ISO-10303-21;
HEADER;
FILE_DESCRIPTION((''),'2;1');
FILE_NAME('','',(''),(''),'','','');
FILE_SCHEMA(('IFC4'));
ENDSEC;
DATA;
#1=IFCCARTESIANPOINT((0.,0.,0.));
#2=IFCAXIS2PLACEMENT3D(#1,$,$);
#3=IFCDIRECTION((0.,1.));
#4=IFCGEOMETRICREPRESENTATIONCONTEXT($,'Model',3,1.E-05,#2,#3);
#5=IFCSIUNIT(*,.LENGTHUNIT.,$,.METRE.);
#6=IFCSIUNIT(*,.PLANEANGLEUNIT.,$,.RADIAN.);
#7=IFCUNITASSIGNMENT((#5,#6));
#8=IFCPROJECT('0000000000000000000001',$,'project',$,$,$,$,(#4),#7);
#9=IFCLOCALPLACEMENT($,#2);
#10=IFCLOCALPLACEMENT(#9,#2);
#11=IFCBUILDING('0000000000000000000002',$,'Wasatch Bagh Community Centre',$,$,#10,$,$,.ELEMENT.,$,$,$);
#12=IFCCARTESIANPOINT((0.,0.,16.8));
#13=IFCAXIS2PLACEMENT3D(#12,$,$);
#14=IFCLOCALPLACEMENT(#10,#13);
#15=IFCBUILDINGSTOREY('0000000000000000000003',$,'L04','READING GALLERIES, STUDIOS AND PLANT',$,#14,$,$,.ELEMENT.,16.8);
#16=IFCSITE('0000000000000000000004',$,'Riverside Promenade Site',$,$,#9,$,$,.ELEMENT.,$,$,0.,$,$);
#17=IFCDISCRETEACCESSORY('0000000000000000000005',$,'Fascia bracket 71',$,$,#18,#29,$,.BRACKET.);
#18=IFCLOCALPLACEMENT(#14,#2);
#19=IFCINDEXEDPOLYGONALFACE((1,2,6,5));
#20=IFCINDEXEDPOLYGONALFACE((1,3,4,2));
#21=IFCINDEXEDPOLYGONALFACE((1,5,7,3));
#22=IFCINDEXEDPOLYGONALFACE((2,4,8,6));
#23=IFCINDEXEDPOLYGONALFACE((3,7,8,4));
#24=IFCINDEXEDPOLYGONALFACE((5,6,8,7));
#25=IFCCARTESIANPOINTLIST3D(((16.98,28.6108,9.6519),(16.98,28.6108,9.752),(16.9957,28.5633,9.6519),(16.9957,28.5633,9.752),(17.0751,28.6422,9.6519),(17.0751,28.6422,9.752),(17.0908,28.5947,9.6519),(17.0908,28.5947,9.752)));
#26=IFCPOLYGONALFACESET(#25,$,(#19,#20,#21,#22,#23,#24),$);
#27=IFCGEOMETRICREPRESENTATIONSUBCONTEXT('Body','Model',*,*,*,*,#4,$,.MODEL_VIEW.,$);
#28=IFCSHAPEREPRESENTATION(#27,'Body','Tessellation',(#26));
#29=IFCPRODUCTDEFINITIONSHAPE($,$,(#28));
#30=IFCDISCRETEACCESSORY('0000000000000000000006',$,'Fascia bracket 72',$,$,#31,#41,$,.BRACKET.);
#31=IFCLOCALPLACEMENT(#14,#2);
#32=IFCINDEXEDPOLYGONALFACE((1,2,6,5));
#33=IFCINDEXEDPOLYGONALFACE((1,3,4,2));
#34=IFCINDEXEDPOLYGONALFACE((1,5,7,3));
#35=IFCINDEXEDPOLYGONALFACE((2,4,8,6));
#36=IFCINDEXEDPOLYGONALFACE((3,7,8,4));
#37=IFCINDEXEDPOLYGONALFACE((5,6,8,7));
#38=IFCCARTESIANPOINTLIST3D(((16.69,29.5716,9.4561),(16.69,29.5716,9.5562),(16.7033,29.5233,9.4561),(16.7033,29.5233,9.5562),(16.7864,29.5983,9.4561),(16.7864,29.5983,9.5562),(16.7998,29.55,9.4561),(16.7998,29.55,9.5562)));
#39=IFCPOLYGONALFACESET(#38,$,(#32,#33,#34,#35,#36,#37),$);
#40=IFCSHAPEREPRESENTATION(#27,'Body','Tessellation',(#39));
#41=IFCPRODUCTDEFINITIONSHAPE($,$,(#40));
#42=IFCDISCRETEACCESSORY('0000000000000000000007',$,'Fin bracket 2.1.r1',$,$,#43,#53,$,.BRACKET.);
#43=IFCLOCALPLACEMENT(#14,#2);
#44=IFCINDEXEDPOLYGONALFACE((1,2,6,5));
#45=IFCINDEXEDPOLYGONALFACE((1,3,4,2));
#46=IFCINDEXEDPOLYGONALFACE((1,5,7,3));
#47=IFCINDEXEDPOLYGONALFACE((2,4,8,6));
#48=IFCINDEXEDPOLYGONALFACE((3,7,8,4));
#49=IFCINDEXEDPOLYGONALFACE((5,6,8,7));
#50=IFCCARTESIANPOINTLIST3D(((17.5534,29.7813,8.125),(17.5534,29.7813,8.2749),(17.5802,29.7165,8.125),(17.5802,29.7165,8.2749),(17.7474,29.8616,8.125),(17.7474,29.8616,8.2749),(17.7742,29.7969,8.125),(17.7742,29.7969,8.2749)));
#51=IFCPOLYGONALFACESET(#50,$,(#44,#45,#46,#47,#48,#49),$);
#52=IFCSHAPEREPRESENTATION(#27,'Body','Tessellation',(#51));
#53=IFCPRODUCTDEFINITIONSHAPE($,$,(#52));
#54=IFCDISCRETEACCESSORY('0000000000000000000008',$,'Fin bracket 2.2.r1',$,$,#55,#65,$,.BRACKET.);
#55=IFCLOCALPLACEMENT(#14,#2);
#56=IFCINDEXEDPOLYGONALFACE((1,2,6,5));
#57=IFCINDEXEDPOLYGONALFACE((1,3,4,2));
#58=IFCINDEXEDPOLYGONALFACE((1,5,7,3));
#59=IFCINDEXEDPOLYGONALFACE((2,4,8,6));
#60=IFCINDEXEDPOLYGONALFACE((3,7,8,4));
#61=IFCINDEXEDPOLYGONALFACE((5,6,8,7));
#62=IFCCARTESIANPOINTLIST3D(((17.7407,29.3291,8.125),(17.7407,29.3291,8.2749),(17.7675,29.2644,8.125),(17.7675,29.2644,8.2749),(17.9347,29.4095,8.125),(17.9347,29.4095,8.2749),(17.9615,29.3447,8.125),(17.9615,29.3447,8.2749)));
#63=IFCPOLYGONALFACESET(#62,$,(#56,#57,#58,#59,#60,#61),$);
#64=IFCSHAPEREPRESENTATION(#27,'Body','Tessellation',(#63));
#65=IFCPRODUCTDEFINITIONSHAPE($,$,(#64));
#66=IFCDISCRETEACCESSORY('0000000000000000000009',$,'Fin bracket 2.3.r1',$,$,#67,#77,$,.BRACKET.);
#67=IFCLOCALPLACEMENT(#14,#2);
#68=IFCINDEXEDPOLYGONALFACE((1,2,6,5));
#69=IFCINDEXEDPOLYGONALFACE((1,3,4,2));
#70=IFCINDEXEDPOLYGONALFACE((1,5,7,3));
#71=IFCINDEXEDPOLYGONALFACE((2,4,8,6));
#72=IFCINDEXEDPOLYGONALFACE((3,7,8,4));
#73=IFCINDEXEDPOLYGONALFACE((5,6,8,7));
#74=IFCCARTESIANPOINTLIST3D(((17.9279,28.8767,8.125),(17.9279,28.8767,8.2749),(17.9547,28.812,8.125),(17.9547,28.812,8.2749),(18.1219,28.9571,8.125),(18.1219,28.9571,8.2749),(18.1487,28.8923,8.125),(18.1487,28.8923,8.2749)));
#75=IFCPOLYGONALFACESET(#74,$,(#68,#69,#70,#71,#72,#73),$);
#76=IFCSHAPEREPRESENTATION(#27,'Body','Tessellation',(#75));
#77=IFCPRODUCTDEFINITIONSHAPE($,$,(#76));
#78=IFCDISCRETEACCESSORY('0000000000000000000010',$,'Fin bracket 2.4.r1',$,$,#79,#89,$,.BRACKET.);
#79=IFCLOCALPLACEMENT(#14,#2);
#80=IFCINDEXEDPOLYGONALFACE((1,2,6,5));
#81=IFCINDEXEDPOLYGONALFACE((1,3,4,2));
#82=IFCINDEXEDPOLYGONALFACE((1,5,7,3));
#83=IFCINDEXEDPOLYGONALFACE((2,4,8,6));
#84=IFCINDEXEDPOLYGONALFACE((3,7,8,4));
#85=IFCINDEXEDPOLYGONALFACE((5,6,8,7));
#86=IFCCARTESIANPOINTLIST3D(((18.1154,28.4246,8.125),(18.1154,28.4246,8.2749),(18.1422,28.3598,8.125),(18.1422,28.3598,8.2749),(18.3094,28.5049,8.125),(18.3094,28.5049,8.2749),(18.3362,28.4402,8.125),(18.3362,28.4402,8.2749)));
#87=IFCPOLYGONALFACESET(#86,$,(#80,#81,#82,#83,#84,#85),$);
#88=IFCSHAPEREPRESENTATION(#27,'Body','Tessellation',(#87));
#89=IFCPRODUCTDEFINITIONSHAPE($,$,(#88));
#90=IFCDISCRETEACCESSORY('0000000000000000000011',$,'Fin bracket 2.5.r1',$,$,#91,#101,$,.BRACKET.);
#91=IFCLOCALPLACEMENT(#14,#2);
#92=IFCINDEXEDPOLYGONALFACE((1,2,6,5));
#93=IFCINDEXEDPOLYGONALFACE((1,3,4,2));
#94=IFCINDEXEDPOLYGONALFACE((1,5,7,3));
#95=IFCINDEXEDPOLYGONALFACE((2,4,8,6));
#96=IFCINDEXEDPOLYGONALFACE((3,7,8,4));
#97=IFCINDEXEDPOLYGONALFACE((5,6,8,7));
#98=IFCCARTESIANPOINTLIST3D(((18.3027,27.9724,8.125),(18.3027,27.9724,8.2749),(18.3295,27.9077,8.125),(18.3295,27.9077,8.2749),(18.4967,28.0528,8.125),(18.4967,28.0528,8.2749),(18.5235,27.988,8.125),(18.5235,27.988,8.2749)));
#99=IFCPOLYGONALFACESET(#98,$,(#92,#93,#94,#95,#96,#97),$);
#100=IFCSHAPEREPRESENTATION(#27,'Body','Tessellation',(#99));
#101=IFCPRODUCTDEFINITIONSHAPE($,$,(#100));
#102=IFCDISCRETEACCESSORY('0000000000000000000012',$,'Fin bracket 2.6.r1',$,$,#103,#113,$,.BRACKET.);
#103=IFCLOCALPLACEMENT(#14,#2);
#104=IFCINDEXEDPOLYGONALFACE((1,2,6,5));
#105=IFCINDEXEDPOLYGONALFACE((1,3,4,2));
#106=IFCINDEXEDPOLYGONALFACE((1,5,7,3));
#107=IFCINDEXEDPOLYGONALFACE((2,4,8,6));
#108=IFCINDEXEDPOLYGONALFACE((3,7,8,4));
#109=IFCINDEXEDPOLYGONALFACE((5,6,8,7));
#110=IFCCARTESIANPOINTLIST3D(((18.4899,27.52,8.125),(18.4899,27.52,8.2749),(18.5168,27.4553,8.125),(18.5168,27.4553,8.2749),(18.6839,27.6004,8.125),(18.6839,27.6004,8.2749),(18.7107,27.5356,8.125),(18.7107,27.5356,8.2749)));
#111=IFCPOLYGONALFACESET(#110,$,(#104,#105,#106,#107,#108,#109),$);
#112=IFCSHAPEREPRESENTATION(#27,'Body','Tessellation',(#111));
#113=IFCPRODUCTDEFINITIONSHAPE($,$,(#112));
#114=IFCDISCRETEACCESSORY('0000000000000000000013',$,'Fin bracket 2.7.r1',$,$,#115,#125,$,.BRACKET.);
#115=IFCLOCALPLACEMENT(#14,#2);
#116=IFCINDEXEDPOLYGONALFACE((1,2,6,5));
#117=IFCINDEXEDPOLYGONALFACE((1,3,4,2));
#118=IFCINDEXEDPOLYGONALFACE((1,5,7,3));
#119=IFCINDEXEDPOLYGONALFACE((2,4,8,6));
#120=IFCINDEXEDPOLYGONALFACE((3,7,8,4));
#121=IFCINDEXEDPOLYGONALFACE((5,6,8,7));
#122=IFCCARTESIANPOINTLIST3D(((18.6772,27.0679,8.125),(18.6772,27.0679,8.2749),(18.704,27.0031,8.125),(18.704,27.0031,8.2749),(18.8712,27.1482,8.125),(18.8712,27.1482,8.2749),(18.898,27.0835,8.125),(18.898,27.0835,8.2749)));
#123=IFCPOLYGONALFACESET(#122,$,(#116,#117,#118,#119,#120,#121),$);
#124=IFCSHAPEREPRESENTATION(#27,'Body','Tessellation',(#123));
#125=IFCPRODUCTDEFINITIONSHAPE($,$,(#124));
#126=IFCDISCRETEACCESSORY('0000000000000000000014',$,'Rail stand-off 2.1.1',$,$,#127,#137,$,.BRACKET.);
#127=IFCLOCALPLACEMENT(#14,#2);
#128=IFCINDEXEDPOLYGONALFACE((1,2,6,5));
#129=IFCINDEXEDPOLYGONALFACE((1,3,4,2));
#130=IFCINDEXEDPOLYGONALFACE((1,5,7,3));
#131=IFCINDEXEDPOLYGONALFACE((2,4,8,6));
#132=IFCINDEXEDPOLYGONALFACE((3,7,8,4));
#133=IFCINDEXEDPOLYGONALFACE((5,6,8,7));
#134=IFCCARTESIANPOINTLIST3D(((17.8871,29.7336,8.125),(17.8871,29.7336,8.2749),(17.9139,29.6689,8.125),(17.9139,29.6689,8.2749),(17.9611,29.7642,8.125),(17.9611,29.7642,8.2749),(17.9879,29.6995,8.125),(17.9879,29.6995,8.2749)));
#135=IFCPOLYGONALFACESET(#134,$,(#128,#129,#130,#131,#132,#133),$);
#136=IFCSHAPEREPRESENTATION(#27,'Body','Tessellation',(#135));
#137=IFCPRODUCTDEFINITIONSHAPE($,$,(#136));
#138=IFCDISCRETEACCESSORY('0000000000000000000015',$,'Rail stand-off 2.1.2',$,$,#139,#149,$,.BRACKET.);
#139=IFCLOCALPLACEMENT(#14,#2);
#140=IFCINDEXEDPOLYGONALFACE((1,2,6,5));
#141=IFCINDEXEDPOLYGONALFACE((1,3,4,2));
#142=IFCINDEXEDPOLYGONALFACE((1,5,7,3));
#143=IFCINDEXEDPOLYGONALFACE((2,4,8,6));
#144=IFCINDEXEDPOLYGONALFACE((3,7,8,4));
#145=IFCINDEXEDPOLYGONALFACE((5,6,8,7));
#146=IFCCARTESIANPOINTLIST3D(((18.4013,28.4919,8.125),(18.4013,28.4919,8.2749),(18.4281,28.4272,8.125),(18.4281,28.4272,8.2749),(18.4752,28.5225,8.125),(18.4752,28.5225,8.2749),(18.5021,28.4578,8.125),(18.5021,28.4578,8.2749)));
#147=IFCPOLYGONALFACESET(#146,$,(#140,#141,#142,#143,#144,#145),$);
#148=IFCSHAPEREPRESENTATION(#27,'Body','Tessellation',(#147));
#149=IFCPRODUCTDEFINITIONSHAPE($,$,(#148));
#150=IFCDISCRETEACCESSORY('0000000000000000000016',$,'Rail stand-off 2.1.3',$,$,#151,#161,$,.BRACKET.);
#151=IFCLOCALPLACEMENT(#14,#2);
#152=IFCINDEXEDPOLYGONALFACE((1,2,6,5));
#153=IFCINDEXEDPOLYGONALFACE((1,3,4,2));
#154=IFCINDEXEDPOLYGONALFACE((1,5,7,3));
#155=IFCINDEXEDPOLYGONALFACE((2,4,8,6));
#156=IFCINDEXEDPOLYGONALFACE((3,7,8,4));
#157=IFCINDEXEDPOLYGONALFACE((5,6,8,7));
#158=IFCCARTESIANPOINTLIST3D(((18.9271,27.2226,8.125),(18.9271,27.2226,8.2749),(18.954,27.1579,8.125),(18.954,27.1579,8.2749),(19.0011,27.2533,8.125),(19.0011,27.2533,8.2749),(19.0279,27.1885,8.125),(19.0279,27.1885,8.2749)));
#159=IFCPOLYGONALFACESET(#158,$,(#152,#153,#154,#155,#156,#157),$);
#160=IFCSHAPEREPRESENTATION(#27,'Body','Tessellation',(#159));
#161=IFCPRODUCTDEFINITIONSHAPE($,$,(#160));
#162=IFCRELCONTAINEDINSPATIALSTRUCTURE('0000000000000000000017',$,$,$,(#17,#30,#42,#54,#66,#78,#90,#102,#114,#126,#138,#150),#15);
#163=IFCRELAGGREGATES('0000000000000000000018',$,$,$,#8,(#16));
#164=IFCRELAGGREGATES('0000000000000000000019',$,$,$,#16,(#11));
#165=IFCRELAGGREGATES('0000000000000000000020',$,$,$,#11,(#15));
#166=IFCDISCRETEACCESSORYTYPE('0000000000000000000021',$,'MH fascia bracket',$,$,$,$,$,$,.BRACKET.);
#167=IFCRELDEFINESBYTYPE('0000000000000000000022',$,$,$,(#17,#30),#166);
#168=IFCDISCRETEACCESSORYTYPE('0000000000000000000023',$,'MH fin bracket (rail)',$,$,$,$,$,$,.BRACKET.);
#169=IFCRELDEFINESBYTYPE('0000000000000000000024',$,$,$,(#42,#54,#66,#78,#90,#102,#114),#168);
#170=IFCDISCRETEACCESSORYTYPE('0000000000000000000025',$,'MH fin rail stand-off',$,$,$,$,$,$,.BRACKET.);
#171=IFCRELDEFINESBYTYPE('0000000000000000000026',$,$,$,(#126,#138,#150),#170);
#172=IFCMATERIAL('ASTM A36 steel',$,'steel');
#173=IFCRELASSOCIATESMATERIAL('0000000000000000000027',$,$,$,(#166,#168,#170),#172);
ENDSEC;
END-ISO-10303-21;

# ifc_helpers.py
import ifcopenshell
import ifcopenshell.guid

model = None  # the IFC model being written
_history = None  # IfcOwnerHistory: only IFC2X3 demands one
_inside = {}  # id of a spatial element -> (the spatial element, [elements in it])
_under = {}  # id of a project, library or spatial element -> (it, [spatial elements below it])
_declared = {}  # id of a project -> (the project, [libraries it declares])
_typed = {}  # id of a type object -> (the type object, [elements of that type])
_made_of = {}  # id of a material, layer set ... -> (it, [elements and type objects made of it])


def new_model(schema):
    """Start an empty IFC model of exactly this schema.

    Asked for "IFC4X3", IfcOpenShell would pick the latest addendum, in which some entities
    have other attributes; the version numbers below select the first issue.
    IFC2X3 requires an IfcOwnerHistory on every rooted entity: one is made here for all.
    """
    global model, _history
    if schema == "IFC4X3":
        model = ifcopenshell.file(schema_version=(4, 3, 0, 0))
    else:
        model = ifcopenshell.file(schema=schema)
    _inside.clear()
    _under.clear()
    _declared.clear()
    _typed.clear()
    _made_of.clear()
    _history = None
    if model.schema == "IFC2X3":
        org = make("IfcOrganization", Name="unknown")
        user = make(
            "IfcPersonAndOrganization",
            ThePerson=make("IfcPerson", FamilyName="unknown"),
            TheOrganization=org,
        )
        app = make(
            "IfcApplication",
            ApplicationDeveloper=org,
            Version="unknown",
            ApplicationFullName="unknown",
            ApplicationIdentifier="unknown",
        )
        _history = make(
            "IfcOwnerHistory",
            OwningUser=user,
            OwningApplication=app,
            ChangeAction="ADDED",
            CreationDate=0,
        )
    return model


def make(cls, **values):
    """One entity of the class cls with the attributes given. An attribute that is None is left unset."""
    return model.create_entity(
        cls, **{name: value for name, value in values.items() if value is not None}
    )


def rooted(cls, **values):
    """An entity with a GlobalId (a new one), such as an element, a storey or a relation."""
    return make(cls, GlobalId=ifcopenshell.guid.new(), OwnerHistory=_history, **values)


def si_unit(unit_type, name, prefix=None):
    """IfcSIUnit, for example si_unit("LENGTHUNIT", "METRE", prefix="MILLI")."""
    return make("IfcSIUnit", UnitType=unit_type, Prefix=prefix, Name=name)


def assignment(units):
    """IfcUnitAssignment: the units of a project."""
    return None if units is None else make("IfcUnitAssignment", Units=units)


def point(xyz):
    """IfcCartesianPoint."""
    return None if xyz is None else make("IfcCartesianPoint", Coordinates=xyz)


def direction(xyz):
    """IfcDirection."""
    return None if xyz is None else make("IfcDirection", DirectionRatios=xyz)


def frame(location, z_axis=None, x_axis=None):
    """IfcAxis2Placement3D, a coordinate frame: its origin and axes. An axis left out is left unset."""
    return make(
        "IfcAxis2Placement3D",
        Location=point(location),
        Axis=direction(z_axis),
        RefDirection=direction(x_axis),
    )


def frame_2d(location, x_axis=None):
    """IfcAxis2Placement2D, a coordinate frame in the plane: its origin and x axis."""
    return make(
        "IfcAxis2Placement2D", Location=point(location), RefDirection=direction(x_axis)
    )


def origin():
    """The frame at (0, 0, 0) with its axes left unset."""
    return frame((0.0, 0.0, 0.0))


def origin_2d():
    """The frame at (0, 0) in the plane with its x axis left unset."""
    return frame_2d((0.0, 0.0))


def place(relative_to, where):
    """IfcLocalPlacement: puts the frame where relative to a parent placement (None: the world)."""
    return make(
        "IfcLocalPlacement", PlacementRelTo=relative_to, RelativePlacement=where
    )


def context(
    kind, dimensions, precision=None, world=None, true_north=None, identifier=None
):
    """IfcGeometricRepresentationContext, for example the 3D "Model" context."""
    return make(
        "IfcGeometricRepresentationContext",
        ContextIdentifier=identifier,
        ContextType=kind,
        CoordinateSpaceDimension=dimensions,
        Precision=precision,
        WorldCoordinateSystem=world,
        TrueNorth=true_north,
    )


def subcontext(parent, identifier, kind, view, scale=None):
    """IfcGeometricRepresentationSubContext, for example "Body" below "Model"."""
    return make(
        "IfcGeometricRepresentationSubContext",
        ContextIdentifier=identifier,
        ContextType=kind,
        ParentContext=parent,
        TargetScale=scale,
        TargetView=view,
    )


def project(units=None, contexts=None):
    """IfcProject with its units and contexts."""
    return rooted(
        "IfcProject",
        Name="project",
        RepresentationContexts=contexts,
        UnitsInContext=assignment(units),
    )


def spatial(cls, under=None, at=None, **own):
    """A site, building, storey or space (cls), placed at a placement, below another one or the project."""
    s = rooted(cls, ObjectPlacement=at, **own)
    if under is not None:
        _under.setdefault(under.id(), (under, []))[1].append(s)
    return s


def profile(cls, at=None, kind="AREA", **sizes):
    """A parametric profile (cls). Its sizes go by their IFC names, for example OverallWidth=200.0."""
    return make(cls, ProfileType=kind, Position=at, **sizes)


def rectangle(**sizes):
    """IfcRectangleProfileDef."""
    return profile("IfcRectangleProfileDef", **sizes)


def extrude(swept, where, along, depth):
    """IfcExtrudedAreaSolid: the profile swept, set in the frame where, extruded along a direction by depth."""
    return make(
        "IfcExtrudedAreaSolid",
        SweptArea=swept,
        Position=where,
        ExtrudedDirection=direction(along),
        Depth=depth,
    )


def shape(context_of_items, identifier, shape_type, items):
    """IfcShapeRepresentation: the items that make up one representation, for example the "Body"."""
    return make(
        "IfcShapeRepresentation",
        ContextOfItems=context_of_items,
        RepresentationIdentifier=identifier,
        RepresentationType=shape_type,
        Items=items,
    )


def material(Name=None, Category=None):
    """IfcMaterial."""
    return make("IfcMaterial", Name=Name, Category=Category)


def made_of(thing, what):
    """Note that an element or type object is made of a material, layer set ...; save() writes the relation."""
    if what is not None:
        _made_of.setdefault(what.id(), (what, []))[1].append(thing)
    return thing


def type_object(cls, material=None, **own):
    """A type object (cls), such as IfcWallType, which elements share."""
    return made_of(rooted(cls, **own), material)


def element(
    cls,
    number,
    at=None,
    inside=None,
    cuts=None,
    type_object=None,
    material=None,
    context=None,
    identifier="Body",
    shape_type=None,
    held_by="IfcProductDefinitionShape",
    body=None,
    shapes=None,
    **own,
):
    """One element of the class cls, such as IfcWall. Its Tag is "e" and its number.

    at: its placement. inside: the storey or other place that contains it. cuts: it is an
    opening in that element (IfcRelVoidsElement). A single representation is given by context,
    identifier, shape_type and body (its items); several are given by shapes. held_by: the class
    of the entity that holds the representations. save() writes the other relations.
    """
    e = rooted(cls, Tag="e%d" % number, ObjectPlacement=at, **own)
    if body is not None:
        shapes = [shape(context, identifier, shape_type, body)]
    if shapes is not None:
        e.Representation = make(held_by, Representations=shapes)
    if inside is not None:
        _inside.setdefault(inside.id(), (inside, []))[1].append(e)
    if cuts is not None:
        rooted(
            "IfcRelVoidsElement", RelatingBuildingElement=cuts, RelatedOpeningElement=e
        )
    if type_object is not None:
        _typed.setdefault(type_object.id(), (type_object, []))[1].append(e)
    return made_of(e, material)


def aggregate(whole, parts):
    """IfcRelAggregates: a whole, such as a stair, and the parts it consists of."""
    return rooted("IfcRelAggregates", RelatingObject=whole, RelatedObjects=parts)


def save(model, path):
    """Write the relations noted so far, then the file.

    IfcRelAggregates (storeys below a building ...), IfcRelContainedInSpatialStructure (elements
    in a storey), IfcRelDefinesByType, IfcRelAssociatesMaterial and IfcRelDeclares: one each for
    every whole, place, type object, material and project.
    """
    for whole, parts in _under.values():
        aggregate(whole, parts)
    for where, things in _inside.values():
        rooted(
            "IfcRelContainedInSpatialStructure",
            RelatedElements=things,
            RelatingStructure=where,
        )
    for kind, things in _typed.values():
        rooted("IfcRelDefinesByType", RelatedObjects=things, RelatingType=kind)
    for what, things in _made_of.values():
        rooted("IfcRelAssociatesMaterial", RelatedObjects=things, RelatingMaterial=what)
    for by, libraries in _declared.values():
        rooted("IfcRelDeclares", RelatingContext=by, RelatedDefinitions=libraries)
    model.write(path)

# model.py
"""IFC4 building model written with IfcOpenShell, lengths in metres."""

from ifc_helpers import new_model, si_unit, direction, frame, origin, origin_2d, place, context, subcontext, project, spatial, rectangle, extrude, material, type_object, element, save


model = new_model("IFC4")

# Units and contexts
model_context = context("Model", 3, precision=1e-05, world=origin(), true_north=direction((0.0, 1.0)))
body_context = subcontext(model_context, "Body", "Model", "MODEL_VIEW")
ifc_project = project(units=[si_unit("LENGTHUNIT", "METRE"), si_unit("PLANEANGLEUNIT", "RADIAN")], contexts=[model_context])

# Site, building, storey
site_placement = place(None, origin())
site = spatial("IfcSite", under=ifc_project, at=site_placement, Name="Riverside Promenade Site", CompositionType="ELEMENT", RefElevation=0.0)
building_placement = place(site_placement, origin())
building = spatial("IfcBuilding", under=site, at=building_placement, Name="Wasatch Bagh Community Centre", CompositionType="ELEMENT")
storey_placement = place(building_placement, frame((0.0, 0.0, 16.8)))
storey = spatial("IfcBuildingStorey", under=building, at=storey_placement, Name="L04", Description="READING GALLERIES, STUDIOS AND PLANT", CompositionType="ELEMENT", Elevation=16.8)

# Discrete accessories
ifc_material_1 = material(Name="ASTM A36 steel", Category="steel")
discrete_accessory_type_1 = type_object("IfcDiscreteAccessoryType", Name="MH fascia bracket", PredefinedType="BRACKET", material=ifc_material_1)
for number, where, z_axis, x_axis, name in (
    (1, (17.0354, 28.6028, 9.6519), (0.0, 0.0, 1.0), (-0.949528, -0.313682, 0.0), "Fascia bracket 71"),
    (2, (16.7449, 29.5608, 9.4561), (0.0, 0.0, 1.0), (-0.963776, -0.266713, 0.0), "Fascia bracket 72"),
):
    element("IfcDiscreteAccessory", number, at=place(storey_placement, frame(where, z_axis=z_axis, x_axis=x_axis)), inside=storey, type_object=discrete_accessory_type_1, Name=name, PredefinedType="BRACKET", context=body_context, shape_type="SweptSolid", body=[
        extrude(rectangle(XDim=0.1001, YDim=0.05, at=origin_2d()), origin(), (0.0, 0.0, 1.0), 0.1001),
    ])
discrete_accessory_type_2 = type_object("IfcDiscreteAccessoryType", Name="MH fin bracket (rail)", PredefinedType="BRACKET", material=ifc_material_1)
for number, where, z_axis, x_axis, name in (
    (3, (17.6638, 29.7891, 8.125), (0.0, 0.0, 1.0), (0.382683, -0.92388, 0.0), "Fin bracket 2.1.r1"),
    (4, (17.8511, 29.3369, 8.125), (0.0, 0.0, 1.0), (0.382683, -0.92388, 0.0), "Fin bracket 2.2.r1"),
    (5, (18.0383, 28.8845, 8.125), (0.0, 0.0, 1.0), (0.382683, -0.92388, 0.0), "Fin bracket 2.3.r1"),
    (6, (18.2258, 28.4324, 8.125), (0.0, 0.0, 1.0), (0.382683, -0.92388, 0.0), "Fin bracket 2.4.r1"),
    (7, (18.4131, 27.9802, 8.125), (0.0, 0.0, 1.0), (0.382683, -0.92388, 0.0), "Fin bracket 2.5.r1"),
    (8, (18.6003, 27.5278, 8.125), (0.0, 0.0, 1.0), (0.382683, -0.92388, 0.0), "Fin bracket 2.6.r1"),
    (9, (18.7876, 27.0757, 8.125), (0.0, 0.0, 1.0), (0.382683, -0.92388, 0.0), "Fin bracket 2.7.r1"),
):
    element("IfcDiscreteAccessory", number, at=place(storey_placement, frame(where, z_axis=z_axis, x_axis=x_axis)), inside=storey, type_object=discrete_accessory_type_2, Name=name, PredefinedType="BRACKET", context=body_context, shape_type="SweptSolid", body=[
        extrude(rectangle(XDim=0.0701, YDim=0.21, at=origin_2d()), origin(), (0.0, 0.0, 1.0), 0.1499),
    ])
discrete_accessory_type_3 = type_object("IfcDiscreteAccessoryType", Name="MH fin rail stand-off", PredefinedType="BRACKET", material=ifc_material_1)
for number, where, z_axis, x_axis, name in (
    (10, (17.9375, 29.7166, 8.125), (0.0, 0.0, 1.0), (0.382683, -0.92388, 0.0), "Rail stand-off 2.1.1"),
    (11, (18.4517, 28.4749, 8.125), (0.0, 0.0, 1.0), (0.382683, -0.92388, 0.0), "Rail stand-off 2.1.2"),
    (12, (18.9775, 27.2056, 8.125), (0.0, 0.0, 1.0), (0.382683, -0.92388, 0.0), "Rail stand-off 2.1.3"),
):
    element("IfcDiscreteAccessory", number, at=place(storey_placement, frame(where, z_axis=z_axis, x_axis=x_axis)), inside=storey, type_object=discrete_accessory_type_3, Name=name, PredefinedType="BRACKET", context=body_context, shape_type="SweptSolid", body=[
        extrude(rectangle(XDim=0.0701, YDim=0.0801, at=origin_2d()), origin(), (0.0, 0.0, 1.0), 0.1499),
    ])

save(model, "model.ifc")
